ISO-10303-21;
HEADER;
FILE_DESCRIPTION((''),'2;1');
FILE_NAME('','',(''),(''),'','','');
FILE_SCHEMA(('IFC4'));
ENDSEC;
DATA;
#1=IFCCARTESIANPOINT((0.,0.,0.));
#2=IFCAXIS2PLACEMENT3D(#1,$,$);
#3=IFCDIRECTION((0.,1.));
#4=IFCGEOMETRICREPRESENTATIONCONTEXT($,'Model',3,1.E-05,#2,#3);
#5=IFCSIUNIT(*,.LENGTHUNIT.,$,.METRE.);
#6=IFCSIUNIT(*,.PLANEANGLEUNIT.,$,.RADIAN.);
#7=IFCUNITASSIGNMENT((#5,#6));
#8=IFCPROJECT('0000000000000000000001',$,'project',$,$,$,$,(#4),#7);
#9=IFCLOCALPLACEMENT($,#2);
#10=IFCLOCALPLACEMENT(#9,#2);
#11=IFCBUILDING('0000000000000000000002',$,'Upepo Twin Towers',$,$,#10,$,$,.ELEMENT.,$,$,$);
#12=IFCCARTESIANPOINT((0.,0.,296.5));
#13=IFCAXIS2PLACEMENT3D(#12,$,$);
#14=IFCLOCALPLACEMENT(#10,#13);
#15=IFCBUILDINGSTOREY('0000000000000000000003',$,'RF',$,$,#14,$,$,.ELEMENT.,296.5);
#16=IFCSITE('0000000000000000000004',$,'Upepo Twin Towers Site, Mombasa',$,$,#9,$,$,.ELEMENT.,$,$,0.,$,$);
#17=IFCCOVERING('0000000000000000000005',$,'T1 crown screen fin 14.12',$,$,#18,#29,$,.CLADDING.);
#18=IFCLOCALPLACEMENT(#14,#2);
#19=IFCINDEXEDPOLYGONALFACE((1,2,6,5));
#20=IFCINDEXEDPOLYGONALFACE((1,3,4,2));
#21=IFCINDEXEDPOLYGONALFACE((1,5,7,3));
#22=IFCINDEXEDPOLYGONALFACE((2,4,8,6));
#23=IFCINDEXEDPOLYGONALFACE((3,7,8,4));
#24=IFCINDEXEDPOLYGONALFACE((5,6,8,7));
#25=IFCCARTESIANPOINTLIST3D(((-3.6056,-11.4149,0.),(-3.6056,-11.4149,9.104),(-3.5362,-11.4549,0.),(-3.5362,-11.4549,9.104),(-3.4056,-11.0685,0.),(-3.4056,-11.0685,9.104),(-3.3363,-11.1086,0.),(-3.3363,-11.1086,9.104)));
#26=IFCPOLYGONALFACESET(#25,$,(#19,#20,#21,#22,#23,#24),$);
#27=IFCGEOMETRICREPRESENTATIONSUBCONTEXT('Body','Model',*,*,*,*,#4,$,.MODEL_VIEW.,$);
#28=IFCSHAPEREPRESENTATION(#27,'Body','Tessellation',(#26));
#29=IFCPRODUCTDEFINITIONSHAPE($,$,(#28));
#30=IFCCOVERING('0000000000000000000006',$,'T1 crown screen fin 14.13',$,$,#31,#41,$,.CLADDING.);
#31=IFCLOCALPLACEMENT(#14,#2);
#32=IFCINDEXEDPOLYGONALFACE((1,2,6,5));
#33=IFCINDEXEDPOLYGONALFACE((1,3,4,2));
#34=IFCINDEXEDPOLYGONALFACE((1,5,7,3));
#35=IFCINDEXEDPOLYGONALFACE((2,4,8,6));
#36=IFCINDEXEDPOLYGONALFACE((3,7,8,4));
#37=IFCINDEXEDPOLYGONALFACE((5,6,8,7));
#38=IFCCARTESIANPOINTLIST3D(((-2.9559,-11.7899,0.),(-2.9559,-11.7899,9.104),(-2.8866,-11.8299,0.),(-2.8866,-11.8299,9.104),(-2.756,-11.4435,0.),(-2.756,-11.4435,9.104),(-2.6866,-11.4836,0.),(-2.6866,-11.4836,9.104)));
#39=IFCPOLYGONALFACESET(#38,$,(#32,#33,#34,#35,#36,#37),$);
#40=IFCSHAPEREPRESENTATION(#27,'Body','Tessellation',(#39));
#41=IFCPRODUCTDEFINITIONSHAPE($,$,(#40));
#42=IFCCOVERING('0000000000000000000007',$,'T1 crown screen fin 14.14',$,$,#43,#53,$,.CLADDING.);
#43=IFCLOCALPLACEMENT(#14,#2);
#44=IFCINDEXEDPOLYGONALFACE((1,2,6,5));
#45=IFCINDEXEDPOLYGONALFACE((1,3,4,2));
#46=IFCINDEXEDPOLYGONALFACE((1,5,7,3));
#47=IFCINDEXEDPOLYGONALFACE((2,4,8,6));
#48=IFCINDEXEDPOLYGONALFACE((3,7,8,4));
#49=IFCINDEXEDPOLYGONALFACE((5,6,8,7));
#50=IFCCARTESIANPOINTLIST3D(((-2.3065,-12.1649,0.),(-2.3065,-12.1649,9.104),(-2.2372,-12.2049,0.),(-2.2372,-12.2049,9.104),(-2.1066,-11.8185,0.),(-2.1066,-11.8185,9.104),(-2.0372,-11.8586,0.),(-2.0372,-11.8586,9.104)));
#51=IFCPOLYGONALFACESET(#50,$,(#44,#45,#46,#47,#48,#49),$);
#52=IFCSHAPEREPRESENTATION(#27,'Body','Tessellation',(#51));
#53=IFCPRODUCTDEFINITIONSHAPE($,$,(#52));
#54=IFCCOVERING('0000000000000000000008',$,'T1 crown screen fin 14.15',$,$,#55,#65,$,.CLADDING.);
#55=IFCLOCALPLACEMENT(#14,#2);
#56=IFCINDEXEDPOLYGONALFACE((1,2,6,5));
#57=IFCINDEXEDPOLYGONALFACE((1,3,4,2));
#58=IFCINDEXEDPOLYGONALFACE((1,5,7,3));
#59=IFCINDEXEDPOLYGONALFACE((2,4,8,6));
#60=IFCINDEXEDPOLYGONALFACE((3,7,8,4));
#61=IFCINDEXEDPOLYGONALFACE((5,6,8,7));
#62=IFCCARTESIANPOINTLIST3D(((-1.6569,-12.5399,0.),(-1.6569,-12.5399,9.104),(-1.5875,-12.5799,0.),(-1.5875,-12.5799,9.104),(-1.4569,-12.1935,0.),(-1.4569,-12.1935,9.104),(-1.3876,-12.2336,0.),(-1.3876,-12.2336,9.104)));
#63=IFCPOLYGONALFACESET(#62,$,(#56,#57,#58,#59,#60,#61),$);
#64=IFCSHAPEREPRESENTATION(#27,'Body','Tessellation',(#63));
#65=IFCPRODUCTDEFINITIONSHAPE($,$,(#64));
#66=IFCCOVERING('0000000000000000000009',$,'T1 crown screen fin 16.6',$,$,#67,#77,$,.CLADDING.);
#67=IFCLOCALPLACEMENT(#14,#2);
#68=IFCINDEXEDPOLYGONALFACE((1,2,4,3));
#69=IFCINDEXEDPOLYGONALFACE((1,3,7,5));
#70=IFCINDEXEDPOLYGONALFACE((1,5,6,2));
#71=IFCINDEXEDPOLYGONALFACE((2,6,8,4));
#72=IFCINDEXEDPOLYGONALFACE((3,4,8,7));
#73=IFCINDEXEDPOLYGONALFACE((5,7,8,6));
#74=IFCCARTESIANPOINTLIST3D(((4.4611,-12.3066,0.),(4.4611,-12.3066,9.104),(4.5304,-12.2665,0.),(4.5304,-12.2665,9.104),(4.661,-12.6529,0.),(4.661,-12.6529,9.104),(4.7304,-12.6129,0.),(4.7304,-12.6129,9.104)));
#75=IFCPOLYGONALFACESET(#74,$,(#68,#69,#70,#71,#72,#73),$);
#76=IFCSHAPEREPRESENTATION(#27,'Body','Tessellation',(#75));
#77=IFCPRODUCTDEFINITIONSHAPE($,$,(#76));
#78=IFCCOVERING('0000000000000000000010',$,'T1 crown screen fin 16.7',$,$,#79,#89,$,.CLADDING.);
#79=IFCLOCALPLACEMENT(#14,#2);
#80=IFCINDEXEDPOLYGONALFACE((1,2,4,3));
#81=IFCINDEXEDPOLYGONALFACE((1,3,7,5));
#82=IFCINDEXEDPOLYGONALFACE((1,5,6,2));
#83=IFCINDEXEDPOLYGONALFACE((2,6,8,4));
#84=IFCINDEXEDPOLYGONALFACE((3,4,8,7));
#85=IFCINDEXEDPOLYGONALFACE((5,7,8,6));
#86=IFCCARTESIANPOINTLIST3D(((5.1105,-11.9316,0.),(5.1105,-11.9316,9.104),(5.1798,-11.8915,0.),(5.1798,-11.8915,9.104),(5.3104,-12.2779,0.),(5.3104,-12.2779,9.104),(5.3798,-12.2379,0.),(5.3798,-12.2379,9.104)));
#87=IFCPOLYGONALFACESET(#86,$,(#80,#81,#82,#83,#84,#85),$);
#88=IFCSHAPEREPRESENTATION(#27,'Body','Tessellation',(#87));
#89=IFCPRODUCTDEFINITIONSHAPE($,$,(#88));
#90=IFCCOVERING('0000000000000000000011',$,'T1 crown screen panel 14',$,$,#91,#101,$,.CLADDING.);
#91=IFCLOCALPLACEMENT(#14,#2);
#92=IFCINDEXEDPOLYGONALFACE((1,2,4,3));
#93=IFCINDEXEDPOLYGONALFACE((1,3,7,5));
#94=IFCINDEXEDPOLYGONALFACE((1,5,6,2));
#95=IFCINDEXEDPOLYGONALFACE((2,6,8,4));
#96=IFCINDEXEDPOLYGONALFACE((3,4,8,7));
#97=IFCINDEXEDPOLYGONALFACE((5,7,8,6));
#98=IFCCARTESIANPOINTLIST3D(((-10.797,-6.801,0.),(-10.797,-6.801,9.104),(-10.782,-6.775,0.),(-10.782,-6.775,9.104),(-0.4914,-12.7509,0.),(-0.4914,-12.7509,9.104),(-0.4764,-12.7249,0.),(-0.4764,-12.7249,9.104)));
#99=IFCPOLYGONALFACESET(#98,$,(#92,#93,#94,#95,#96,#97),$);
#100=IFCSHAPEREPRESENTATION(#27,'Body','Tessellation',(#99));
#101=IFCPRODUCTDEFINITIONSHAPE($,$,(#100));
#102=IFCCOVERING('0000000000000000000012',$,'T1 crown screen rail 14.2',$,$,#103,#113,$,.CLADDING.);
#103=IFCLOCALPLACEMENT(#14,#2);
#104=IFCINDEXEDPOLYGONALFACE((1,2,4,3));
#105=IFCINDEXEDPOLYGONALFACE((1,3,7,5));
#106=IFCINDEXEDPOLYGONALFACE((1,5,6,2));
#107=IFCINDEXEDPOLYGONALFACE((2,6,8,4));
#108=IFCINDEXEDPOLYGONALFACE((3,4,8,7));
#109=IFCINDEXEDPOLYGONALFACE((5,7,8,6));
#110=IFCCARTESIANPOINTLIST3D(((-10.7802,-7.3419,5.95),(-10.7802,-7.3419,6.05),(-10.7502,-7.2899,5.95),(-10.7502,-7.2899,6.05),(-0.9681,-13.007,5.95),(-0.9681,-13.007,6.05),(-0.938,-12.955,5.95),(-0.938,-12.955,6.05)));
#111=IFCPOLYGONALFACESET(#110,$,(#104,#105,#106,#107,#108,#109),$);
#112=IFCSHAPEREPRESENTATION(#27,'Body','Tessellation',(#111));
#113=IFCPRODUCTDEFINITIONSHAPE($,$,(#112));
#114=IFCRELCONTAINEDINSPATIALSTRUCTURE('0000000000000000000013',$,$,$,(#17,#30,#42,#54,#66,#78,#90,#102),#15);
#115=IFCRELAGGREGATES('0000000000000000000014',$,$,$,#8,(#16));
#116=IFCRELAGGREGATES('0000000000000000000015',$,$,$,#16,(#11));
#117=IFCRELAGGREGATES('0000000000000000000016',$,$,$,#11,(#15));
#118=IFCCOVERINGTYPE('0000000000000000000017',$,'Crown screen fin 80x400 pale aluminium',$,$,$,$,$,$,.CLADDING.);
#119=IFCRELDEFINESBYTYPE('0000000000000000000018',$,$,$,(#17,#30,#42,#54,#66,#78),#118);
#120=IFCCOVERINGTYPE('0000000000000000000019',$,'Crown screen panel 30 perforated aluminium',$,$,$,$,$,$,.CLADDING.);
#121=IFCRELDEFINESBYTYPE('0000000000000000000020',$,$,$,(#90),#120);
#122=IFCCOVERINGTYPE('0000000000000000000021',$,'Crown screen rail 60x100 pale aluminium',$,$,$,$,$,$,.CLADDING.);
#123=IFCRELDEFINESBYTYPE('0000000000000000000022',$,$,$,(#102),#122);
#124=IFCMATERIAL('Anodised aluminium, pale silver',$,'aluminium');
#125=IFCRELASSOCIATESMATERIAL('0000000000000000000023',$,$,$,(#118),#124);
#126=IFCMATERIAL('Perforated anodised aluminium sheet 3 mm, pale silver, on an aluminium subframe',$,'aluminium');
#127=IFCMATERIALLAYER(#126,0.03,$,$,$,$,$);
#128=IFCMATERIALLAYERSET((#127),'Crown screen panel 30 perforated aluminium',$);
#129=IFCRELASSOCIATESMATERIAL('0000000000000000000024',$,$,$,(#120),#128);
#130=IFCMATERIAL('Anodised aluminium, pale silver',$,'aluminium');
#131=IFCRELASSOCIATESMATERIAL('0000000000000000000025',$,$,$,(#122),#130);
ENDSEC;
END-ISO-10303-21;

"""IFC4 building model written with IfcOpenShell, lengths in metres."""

from ifc_helpers import new_model, si_unit, direction, frame, origin, origin_2d, place, context, subcontext, project, spatial, rectangle, extrude, material, layer, layer_set, type_object, element, save


model = new_model("IFC4")

# Units and contexts
model_context = context("Model", 3, precision=1e-05, world=origin(), true_north=direction((0.0, 1.0)))
body_context = subcontext(model_context, "Body", "Model", "MODEL_VIEW")
ifc_project = project(units=[si_unit("LENGTHUNIT", "METRE"), si_unit("PLANEANGLEUNIT", "RADIAN")], contexts=[model_context])

# Site, building, storey
site_placement = place(None, origin())
site = spatial("IfcSite", under=ifc_project, at=site_placement, Name="Upepo Twin Towers Site, Mombasa", CompositionType="ELEMENT", RefElevation=0.0)
building_placement = place(site_placement, origin())
building = spatial("IfcBuilding", under=site, at=building_placement, Name="Upepo Twin Towers", CompositionType="ELEMENT")
storey_placement = place(building_placement, frame((0.0, 0.0, 296.5)))
storey = spatial("IfcBuildingStorey", under=building, at=storey_placement, Name="RF", CompositionType="ELEMENT", Elevation=296.5)

# Coverings
ifc_material_1 = material(Name="Anodised aluminium, pale silver", Category="aluminium")
covering_type_1 = type_object("IfcCoveringType", Name="Crown screen fin 80x400 pale aluminium", PredefinedType="CLADDING", material=ifc_material_1)
for number, where, z_axis, x_axis, name in (
    (1, (-3.4709, -11.2617, 0.0), (0.0, 0.0, 1.0), (0.866025, -0.5, 0.0), "T1 crown screen fin 14.12"),
    (2, (-2.8213, -11.6367, 0.0), (0.0, 0.0, 1.0), (0.866025, -0.5, 0.0), "T1 crown screen fin 14.13"),
    (3, (-2.1719, -12.0117, 0.0), (0.0, 0.0, 1.0), (0.866025, -0.5, 0.0), "T1 crown screen fin 14.14"),
    (4, (-1.5222, -12.3867, 0.0), (0.0, 0.0, 1.0), (0.866025, -0.5, 0.0), "T1 crown screen fin 14.15"),
    (5, (4.5957, -12.4597, 0.0), (0.0, 0.0, 1.0), (0.866025, 0.5, 0.0), "T1 crown screen fin 16.6"),
    (6, (5.2451, -12.0847, 0.0), (0.0, 0.0, 1.0), (0.866025, 0.5, 0.0), "T1 crown screen fin 16.7"),
):
    element("IfcCovering", number, at=place(storey_placement, frame(where, z_axis=z_axis, x_axis=x_axis)), inside=storey, type_object=covering_type_1, Name=name, PredefinedType="CLADDING", context=body_context, shape_type="SweptSolid", body=[
        extrude(rectangle(XDim=0.0801, YDim=0.3999, at=origin_2d()), origin(), (0.0, 0.0, 1.0), 9.104),
    ])
ifc_material_2 = material(Name="Perforated anodised aluminium sheet 3 mm, pale silver, on an aluminium subframe", Category="aluminium")
ifc_layer_1 = layer(ifc_material_2, 0.03)
ifc_layer_set_1 = layer_set([ifc_layer_1], Name="Crown screen panel 30 perforated aluminium")
covering_type_2 = type_object("IfcCoveringType", Name="Crown screen panel 30 perforated aluminium", PredefinedType="CLADDING", material=ifc_layer_set_1)
covering_1_placement = place(storey_placement, frame((-5.6367, -9.7629, 0.0), z_axis=(0.0, 0.0, 1.0), x_axis=(0.866025, -0.5, 0.0)))
element("IfcCovering", 7, at=covering_1_placement, inside=storey, type_object=covering_type_2, Name="T1 crown screen panel 14", PredefinedType="CLADDING", context=body_context, shape_type="SweptSolid", body=[
    extrude(rectangle(XDim=11.8999, YDim=0.03, at=origin_2d()), origin(), (0.0, 0.0, 1.0), 9.104),
])
ifc_material_3 = material(Name="Anodised aluminium, pale silver", Category="aluminium")
covering_type_3 = type_object("IfcCoveringType", Name="Crown screen rail 60x100 pale aluminium", PredefinedType="CLADDING", material=ifc_material_3)
covering_2_placement = place(storey_placement, frame((-5.8591, -10.1484, 5.95), z_axis=(0.0, 0.0, 1.0), x_axis=(0.866025, -0.5, 0.0)))
element("IfcCovering", 8, at=covering_2_placement, inside=storey, type_object=covering_type_3, Name="T1 crown screen rail 14.2", PredefinedType="CLADDING", context=body_context, shape_type="SweptSolid", body=[
    extrude(rectangle(XDim=11.3301, YDim=0.0601, at=origin_2d()), origin(), (0.0, 0.0, 1.0), 0.1001),
])

save(model, "model.ifc")
